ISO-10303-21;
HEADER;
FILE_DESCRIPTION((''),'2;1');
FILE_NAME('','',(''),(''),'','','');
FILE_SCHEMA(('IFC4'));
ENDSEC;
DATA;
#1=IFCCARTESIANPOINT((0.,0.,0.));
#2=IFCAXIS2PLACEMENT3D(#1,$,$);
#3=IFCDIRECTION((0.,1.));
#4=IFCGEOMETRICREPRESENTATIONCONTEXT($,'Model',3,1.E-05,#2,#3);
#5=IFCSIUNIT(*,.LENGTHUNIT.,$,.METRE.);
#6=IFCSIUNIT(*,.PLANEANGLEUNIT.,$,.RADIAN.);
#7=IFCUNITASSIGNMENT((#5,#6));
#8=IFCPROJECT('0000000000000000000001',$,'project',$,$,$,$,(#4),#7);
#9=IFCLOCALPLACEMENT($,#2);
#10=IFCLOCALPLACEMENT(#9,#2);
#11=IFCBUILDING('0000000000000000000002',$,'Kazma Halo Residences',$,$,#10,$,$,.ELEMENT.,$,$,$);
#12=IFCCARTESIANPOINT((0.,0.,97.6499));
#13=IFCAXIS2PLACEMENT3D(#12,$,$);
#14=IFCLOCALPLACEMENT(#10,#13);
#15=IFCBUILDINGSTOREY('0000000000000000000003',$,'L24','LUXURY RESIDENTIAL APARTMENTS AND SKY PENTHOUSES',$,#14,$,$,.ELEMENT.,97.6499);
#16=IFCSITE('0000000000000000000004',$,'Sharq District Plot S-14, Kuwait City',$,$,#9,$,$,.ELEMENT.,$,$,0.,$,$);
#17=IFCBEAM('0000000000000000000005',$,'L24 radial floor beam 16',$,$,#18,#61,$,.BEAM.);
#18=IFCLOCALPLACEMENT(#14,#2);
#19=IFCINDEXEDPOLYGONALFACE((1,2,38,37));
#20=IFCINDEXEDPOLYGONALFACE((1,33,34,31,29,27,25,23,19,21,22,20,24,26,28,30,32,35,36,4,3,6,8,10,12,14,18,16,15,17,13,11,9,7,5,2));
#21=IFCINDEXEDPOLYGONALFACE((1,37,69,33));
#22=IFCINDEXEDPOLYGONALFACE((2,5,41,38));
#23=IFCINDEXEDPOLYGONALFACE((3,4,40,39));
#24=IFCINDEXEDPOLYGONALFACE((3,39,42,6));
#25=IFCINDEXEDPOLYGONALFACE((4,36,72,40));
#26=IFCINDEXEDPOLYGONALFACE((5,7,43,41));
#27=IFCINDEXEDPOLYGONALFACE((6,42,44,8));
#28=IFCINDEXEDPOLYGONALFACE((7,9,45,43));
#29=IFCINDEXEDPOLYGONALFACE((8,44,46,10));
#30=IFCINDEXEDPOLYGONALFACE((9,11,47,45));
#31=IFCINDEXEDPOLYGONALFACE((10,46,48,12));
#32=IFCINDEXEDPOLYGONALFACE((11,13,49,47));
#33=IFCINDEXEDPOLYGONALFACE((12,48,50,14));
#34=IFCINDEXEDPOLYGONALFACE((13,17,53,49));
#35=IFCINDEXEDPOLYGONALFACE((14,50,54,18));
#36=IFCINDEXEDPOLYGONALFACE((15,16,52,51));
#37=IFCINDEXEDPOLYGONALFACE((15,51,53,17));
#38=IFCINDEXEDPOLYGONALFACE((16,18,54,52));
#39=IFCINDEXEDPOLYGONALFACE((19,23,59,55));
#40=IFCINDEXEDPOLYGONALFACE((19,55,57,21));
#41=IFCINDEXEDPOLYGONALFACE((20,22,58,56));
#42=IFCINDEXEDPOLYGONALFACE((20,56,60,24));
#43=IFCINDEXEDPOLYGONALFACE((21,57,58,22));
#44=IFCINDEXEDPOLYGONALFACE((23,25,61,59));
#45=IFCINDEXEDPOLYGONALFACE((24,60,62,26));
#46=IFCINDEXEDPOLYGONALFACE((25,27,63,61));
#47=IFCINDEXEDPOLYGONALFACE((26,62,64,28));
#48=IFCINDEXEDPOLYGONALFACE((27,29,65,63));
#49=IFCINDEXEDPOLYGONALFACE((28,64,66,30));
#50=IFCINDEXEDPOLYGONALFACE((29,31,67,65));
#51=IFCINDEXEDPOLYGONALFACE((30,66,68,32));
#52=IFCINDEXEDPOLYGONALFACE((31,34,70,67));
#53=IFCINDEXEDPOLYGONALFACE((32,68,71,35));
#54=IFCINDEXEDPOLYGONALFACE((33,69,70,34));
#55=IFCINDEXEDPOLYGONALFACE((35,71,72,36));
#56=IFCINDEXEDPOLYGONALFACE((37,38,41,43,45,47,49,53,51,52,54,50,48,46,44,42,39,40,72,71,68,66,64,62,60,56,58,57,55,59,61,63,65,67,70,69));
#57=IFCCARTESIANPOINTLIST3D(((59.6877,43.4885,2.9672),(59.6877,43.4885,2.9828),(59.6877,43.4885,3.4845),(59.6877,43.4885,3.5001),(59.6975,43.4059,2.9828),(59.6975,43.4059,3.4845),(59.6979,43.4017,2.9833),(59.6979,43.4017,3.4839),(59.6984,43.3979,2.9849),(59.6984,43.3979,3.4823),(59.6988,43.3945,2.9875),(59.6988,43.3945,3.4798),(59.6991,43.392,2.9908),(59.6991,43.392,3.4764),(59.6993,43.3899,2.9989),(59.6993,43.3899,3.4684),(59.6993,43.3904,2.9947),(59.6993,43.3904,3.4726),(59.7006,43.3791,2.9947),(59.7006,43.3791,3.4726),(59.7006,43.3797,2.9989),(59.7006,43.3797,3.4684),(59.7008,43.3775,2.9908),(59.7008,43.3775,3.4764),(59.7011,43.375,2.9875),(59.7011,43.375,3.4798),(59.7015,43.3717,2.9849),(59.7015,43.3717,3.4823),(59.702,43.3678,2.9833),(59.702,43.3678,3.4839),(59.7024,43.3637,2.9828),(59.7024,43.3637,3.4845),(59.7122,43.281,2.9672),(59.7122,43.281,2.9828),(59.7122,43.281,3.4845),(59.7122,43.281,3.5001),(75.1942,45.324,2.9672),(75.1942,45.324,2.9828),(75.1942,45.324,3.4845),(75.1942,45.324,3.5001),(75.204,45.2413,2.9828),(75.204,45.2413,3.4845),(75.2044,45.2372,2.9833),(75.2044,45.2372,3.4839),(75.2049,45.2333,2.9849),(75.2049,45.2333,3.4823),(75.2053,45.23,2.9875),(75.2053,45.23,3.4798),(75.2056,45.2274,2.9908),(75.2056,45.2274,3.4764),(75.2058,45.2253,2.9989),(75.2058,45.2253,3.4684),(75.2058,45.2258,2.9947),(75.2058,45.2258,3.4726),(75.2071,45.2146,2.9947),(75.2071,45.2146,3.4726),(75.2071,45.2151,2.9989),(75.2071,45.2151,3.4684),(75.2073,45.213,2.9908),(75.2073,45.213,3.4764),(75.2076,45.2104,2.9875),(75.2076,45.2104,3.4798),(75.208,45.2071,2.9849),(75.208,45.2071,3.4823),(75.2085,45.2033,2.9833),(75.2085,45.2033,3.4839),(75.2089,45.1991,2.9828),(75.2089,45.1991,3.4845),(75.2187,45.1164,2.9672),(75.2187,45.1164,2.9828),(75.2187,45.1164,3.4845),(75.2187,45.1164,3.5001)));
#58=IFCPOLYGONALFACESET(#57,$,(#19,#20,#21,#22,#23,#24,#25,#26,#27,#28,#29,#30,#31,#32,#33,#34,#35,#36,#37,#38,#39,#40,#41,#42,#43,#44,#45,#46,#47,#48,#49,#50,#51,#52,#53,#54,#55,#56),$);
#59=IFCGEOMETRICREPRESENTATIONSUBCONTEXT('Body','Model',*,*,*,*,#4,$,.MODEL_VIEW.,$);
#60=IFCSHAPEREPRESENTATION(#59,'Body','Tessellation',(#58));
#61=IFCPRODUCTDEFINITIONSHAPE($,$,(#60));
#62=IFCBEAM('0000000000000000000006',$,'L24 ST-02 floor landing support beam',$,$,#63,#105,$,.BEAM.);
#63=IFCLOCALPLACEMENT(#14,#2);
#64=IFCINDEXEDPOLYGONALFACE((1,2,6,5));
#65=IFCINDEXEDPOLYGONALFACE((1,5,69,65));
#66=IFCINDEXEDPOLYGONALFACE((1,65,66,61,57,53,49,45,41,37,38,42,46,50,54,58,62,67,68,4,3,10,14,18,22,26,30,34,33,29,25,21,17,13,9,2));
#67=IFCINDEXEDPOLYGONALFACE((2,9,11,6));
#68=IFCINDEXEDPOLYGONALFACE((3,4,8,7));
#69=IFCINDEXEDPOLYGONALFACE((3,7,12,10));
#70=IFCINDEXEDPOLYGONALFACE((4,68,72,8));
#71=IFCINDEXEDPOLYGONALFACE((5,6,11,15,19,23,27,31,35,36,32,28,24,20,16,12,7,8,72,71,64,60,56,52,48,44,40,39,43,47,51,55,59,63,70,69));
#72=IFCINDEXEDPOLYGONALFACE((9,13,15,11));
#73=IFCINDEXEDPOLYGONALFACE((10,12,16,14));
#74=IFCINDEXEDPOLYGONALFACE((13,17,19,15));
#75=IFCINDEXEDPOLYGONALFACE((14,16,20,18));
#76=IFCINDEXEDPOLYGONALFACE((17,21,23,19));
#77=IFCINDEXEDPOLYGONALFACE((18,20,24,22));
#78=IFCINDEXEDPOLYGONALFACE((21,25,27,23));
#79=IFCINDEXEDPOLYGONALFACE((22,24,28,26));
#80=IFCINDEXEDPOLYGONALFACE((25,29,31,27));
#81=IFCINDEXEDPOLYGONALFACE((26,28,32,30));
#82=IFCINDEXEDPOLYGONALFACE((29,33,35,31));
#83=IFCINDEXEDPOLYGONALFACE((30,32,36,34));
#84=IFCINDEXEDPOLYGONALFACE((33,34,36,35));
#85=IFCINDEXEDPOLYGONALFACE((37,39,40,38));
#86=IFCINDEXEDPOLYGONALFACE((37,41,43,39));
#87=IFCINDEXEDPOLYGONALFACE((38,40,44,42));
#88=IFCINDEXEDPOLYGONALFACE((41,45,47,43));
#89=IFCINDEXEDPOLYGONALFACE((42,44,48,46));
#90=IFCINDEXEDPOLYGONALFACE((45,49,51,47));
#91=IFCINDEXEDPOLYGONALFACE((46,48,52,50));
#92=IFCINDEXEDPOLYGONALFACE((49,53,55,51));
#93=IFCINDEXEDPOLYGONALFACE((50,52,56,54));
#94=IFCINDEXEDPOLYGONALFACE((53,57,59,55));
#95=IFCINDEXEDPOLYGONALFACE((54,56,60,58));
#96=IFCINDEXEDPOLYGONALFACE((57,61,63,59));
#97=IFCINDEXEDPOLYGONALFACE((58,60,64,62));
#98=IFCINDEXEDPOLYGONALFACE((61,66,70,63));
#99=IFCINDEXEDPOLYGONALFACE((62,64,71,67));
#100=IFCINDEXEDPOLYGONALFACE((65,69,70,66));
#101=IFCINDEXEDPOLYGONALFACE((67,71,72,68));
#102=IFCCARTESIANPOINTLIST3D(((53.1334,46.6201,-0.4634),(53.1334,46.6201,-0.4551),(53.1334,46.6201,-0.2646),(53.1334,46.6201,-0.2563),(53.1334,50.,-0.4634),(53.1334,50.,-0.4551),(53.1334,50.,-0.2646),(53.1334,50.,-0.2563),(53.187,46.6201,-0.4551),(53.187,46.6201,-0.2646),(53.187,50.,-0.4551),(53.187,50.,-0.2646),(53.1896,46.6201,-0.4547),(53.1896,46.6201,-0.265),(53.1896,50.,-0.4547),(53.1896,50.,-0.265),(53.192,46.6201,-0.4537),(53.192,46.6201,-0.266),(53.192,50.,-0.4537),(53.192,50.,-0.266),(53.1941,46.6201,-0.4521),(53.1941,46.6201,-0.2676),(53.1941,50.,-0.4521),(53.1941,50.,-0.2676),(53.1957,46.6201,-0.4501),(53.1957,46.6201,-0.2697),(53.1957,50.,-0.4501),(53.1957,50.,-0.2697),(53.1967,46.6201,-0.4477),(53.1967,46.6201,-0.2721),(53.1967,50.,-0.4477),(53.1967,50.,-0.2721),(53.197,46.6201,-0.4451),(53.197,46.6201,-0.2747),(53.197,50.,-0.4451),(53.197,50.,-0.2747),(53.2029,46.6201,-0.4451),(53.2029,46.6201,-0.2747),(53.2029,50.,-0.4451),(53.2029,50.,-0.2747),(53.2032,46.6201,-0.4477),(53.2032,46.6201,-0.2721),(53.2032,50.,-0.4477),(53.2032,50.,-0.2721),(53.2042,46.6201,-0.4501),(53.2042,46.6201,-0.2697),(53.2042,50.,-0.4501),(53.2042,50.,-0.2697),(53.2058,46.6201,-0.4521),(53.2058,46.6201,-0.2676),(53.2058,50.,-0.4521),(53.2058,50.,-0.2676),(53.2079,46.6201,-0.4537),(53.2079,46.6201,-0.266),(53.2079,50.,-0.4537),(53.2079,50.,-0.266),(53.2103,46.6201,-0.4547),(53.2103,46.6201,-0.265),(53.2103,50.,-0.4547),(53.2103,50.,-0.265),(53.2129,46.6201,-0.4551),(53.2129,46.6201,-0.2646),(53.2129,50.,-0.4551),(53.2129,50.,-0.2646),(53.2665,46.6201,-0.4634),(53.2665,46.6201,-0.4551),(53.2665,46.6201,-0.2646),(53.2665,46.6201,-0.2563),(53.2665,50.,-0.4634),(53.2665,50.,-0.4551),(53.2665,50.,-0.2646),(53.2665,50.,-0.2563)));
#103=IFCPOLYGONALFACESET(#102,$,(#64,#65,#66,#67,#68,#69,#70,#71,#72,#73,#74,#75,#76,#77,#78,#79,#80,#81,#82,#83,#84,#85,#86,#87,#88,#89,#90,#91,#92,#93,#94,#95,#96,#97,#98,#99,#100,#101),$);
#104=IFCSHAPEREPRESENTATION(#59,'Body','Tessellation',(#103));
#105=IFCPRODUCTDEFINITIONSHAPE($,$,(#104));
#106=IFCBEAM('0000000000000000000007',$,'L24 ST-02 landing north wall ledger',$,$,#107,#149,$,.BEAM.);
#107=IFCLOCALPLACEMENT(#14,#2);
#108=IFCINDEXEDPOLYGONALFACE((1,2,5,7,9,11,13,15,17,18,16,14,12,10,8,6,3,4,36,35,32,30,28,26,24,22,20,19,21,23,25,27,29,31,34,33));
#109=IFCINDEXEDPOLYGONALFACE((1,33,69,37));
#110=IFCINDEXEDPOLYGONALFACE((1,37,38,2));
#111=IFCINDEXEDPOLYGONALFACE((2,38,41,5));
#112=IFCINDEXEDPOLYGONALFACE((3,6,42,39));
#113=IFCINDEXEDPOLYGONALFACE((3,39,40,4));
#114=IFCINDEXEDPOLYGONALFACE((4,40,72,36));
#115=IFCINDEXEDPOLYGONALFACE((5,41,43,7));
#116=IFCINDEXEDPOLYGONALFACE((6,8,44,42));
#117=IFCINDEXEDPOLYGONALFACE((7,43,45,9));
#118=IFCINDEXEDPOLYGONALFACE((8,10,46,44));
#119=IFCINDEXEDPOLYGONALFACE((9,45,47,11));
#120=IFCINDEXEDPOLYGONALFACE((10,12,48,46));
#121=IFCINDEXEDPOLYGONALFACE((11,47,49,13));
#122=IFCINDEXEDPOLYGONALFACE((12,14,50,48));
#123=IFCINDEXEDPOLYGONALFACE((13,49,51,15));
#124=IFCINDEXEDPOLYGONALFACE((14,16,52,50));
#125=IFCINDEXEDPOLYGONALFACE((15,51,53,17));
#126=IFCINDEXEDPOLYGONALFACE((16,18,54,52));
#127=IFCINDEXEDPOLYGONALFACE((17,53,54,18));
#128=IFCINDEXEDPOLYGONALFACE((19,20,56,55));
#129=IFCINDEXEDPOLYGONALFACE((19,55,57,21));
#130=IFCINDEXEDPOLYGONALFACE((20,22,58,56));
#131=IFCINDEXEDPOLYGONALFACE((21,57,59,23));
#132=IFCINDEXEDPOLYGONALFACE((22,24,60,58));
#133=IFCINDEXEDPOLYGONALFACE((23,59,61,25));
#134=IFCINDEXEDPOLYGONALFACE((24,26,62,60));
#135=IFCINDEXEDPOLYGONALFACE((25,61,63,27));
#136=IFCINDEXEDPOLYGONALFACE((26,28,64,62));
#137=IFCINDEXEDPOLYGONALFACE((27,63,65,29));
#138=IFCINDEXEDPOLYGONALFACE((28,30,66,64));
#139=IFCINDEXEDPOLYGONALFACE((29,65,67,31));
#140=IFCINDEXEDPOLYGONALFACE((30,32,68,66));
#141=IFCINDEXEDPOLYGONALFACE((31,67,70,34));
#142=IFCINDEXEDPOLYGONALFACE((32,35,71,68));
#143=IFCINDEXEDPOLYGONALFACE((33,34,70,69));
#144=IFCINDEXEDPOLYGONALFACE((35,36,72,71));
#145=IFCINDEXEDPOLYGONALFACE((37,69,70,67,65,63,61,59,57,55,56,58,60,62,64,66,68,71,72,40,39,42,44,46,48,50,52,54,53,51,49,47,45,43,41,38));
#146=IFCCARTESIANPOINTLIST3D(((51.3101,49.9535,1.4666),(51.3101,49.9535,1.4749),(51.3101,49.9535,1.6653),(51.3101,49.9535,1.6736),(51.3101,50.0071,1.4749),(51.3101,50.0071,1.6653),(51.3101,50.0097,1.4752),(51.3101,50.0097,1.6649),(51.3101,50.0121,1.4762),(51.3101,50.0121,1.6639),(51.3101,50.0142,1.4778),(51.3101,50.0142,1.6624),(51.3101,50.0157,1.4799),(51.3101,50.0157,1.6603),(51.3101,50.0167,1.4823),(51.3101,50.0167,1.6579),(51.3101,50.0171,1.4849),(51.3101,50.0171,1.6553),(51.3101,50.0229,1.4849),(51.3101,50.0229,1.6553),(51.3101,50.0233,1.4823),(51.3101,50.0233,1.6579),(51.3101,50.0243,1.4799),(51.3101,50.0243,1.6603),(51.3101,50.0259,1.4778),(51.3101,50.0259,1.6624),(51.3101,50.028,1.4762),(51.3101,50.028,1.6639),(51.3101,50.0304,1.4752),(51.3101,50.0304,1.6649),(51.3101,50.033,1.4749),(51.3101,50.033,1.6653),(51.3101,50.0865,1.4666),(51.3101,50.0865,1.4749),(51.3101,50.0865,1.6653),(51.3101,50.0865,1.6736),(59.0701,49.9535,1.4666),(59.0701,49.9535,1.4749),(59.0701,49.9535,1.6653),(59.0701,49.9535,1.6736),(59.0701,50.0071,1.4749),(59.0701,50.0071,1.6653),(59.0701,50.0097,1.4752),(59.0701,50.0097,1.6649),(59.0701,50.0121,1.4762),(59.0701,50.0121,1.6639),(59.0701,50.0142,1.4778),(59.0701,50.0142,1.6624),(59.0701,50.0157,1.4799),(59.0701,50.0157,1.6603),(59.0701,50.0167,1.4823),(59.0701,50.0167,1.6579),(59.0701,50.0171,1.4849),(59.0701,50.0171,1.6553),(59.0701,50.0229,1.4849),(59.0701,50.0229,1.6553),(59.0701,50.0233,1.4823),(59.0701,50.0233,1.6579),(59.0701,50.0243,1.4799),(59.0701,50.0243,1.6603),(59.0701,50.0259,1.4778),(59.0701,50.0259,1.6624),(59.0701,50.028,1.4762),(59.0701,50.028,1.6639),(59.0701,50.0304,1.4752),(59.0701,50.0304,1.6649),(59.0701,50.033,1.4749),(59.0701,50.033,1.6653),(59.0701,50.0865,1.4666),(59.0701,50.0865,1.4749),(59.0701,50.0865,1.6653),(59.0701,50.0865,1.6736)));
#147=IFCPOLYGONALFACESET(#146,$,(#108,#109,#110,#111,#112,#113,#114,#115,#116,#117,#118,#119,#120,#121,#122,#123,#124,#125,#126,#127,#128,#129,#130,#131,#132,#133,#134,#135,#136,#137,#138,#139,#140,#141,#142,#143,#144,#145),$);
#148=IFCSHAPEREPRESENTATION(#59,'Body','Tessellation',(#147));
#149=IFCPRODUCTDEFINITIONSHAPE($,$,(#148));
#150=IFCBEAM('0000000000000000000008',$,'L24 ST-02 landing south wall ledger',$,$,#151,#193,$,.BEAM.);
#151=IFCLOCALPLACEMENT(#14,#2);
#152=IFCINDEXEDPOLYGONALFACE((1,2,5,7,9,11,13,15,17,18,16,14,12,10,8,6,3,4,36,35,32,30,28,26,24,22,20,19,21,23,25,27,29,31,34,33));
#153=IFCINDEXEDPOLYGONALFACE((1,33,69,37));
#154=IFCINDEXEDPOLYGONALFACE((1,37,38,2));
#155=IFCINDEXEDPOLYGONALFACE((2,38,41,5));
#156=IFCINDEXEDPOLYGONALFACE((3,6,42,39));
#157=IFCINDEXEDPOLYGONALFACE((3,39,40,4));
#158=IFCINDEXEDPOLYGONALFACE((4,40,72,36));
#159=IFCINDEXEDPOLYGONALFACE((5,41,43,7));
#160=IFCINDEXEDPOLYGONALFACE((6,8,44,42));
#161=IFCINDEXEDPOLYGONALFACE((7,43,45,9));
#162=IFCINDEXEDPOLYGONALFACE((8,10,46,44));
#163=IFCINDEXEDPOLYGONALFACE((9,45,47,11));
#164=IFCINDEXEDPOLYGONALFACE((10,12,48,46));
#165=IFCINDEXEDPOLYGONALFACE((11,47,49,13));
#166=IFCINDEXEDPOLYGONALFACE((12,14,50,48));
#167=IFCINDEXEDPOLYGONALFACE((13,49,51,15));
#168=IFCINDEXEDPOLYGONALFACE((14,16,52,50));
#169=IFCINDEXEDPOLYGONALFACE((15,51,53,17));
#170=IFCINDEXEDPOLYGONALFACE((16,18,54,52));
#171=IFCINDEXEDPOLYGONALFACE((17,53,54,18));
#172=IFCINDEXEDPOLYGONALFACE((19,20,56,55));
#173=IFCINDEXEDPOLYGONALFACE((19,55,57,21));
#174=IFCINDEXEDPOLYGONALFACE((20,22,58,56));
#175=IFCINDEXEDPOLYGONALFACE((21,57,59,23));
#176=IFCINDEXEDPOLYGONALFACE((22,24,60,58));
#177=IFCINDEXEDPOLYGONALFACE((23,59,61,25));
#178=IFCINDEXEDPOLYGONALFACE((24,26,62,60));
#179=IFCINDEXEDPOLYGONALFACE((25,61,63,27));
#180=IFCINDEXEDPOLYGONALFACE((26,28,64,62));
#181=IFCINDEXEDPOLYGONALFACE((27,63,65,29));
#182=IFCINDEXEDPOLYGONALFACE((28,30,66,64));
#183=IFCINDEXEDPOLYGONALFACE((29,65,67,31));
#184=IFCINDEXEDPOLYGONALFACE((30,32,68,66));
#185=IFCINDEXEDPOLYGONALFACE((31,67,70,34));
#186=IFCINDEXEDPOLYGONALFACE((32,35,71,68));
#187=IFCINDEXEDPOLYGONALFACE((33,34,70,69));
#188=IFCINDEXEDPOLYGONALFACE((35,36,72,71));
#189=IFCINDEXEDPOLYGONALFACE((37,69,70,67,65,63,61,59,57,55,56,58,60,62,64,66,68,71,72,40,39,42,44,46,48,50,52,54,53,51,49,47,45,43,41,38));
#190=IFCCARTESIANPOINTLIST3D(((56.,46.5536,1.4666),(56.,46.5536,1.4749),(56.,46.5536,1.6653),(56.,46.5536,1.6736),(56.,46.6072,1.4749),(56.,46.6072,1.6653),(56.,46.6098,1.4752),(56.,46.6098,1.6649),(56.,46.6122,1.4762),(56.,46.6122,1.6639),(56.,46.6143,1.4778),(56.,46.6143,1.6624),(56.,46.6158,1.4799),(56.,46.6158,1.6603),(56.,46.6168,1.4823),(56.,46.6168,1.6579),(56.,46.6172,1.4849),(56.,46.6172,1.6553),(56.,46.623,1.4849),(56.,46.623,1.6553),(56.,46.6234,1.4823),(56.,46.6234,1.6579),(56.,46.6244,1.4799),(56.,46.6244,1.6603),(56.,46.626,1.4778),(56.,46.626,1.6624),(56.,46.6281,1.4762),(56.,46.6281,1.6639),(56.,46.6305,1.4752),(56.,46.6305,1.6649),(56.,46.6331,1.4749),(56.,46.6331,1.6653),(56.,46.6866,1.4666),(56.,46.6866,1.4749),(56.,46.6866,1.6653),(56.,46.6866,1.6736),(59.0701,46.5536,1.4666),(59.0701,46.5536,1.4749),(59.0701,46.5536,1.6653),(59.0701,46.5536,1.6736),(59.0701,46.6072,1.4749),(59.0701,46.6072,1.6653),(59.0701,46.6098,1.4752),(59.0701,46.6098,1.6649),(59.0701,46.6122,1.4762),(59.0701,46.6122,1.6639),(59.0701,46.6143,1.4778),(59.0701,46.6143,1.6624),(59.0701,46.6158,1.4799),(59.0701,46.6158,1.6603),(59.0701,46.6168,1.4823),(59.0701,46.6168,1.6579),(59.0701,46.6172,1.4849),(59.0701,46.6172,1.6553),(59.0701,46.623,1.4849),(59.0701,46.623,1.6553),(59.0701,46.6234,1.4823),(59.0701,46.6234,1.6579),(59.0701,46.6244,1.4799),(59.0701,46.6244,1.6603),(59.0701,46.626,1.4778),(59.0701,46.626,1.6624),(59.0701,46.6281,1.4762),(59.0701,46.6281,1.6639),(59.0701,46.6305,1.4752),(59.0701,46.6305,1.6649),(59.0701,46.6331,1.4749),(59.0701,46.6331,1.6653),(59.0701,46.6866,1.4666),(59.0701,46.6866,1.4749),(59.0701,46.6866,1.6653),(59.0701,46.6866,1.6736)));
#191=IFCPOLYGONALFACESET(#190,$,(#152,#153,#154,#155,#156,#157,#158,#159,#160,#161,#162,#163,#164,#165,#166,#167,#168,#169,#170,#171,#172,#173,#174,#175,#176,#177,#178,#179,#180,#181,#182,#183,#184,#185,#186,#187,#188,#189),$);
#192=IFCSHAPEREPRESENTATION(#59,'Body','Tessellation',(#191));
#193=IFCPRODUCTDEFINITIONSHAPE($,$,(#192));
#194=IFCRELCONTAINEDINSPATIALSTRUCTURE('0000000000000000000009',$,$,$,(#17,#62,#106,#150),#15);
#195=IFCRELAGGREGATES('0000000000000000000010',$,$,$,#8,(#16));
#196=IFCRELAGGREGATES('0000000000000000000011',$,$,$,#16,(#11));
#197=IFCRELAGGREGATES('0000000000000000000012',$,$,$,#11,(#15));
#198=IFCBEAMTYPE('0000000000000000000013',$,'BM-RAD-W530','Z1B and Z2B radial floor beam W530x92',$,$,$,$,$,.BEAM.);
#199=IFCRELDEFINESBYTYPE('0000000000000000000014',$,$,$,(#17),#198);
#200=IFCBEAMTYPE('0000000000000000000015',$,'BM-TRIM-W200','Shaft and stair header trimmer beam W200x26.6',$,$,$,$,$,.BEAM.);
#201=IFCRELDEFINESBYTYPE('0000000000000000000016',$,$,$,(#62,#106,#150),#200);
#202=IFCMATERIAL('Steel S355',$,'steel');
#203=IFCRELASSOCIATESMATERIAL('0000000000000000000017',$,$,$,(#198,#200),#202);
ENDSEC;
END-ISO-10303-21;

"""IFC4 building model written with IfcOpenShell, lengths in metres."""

from ifc_helpers import new_model, si_unit, direction, frame, origin, origin_2d, place, context, subcontext, project, spatial, i_section, extrude, material, material_profile, profile_set, type_object, element, save


model = new_model("IFC4")

# Units and contexts
model_context = context("Model", 3, precision=1e-05, world=origin(), true_north=direction((0.0, 1.0)))
body_context = subcontext(model_context, "Body", "Model", "MODEL_VIEW")
ifc_project = project(units=[si_unit("LENGTHUNIT", "METRE"), si_unit("PLANEANGLEUNIT", "RADIAN")], contexts=[model_context])

# Site, building, storey
site_placement = place(None, origin())
site = spatial("IfcSite", under=ifc_project, at=site_placement, Name="Sharq District Plot S-14, Kuwait City", CompositionType="ELEMENT", RefElevation=0.0)
building_placement = place(site_placement, origin())
building = spatial("IfcBuilding", under=site, at=building_placement, Name="Kazma Halo Residences", CompositionType="ELEMENT")
storey_placement = place(building_placement, frame((0.0, 0.0, 97.6499)))
storey = spatial("IfcBuildingStorey", under=building, at=storey_placement, Name="L24", Description="LUXURY RESIDENTIAL APARTMENTS AND SKY PENTHOUSES", CompositionType="ELEMENT", Elevation=97.6499)

# Shared definitions
ifc_material_1 = material(Name="Steel S355", Category="steel")

# Beams
ifc_material_profile_1 = material_profile(ifc_material_1, i_section(OverallWidth=0.209, OverallDepth=0.533, WebThickness=0.0103, FlangeThickness=0.0156, FilletRadius=0.0161, at=origin_2d()), Name="W530x92")
ifc_profile_set_1 = profile_set([ifc_material_profile_1], Name="Steel S355")
beam_type_1 = type_object("IfcBeamType", Name="BM-RAD-W530", Description="Z1B and Z2B radial floor beam W530x92", PredefinedType="BEAM", material=ifc_profile_set_1)
beam_1_placement = place(storey_placement, frame((59.7, 43.3848, 3.2336), z_axis=(0.993068, 0.117545, 0.0), x_axis=(-0.117545, 0.993068, 0.0)))
element("IfcBeam", 1, at=beam_1_placement, inside=storey, type_object=beam_type_1, Name="L24 radial floor beam 16", PredefinedType="BEAM", context=body_context, shape_type="SweptSolid", body=[
    extrude(i_section(OverallWidth=0.209, OverallDepth=0.533, WebThickness=0.0103, FlangeThickness=0.0156, FilletRadius=0.0161, at=origin_2d()), origin(), (0.0, 0.0, 1.0), 15.6147),
])
ifc_material_profile_2 = material_profile(ifc_material_1, i_section(OverallWidth=0.1331, OverallDepth=0.207, WebThickness=0.0059, FlangeThickness=0.0083, FilletRadius=0.01, at=origin_2d()), Name="W200x26.6")
ifc_profile_set_2 = profile_set([ifc_material_profile_2], Name="Steel S355")
beam_type_2 = type_object("IfcBeamType", Name="BM-TRIM-W200", Description="Shaft and stair header trimmer beam W200x26.6", PredefinedType="BEAM", material=ifc_profile_set_2)
beam_2_placement = place(storey_placement, frame((53.2, 46.6201, -0.3599), z_axis=(0.0, 1.0, 0.0), x_axis=(-1.0, 0.0, 0.0)))
element("IfcBeam", 2, at=beam_2_placement, inside=storey, type_object=beam_type_2, Name="L24 ST-02 floor landing support beam", PredefinedType="BEAM", context=body_context, shape_type="SweptSolid", body=[
    extrude(i_section(OverallWidth=0.1331, OverallDepth=0.207, WebThickness=0.0059, FlangeThickness=0.0083, FilletRadius=0.01, at=origin_2d()), origin(), (0.0, 0.0, 1.0), 3.3799),
])
beam_3_placement = place(storey_placement, frame((51.3101, 50.02, 1.5701), z_axis=(1.0, 0.0, 0.0), x_axis=(0.0, 1.0, 0.0)))
element("IfcBeam", 3, at=beam_3_placement, inside=storey, type_object=beam_type_2, Name="L24 ST-02 landing north wall ledger", PredefinedType="BEAM", context=body_context, shape_type="SweptSolid", body=[
    extrude(i_section(OverallWidth=0.1331, OverallDepth=0.207, WebThickness=0.0059, FlangeThickness=0.0083, FilletRadius=0.01, at=origin_2d()), origin(), (0.0, 0.0, 1.0), 7.76),
])
beam_4_placement = place(storey_placement, frame((56.0, 46.6201, 1.5701), z_axis=(1.0, 0.0, 0.0), x_axis=(0.0, 1.0, 0.0)))
element("IfcBeam", 4, at=beam_4_placement, inside=storey, type_object=beam_type_2, Name="L24 ST-02 landing south wall ledger", PredefinedType="BEAM", context=body_context, shape_type="SweptSolid", body=[
    extrude(i_section(OverallWidth=0.1331, OverallDepth=0.207, WebThickness=0.0059, FlangeThickness=0.0083, FilletRadius=0.01, at=origin_2d()), origin(), (0.0, 0.0, 1.0), 3.0701),
])

save(model, "model.ifc")
